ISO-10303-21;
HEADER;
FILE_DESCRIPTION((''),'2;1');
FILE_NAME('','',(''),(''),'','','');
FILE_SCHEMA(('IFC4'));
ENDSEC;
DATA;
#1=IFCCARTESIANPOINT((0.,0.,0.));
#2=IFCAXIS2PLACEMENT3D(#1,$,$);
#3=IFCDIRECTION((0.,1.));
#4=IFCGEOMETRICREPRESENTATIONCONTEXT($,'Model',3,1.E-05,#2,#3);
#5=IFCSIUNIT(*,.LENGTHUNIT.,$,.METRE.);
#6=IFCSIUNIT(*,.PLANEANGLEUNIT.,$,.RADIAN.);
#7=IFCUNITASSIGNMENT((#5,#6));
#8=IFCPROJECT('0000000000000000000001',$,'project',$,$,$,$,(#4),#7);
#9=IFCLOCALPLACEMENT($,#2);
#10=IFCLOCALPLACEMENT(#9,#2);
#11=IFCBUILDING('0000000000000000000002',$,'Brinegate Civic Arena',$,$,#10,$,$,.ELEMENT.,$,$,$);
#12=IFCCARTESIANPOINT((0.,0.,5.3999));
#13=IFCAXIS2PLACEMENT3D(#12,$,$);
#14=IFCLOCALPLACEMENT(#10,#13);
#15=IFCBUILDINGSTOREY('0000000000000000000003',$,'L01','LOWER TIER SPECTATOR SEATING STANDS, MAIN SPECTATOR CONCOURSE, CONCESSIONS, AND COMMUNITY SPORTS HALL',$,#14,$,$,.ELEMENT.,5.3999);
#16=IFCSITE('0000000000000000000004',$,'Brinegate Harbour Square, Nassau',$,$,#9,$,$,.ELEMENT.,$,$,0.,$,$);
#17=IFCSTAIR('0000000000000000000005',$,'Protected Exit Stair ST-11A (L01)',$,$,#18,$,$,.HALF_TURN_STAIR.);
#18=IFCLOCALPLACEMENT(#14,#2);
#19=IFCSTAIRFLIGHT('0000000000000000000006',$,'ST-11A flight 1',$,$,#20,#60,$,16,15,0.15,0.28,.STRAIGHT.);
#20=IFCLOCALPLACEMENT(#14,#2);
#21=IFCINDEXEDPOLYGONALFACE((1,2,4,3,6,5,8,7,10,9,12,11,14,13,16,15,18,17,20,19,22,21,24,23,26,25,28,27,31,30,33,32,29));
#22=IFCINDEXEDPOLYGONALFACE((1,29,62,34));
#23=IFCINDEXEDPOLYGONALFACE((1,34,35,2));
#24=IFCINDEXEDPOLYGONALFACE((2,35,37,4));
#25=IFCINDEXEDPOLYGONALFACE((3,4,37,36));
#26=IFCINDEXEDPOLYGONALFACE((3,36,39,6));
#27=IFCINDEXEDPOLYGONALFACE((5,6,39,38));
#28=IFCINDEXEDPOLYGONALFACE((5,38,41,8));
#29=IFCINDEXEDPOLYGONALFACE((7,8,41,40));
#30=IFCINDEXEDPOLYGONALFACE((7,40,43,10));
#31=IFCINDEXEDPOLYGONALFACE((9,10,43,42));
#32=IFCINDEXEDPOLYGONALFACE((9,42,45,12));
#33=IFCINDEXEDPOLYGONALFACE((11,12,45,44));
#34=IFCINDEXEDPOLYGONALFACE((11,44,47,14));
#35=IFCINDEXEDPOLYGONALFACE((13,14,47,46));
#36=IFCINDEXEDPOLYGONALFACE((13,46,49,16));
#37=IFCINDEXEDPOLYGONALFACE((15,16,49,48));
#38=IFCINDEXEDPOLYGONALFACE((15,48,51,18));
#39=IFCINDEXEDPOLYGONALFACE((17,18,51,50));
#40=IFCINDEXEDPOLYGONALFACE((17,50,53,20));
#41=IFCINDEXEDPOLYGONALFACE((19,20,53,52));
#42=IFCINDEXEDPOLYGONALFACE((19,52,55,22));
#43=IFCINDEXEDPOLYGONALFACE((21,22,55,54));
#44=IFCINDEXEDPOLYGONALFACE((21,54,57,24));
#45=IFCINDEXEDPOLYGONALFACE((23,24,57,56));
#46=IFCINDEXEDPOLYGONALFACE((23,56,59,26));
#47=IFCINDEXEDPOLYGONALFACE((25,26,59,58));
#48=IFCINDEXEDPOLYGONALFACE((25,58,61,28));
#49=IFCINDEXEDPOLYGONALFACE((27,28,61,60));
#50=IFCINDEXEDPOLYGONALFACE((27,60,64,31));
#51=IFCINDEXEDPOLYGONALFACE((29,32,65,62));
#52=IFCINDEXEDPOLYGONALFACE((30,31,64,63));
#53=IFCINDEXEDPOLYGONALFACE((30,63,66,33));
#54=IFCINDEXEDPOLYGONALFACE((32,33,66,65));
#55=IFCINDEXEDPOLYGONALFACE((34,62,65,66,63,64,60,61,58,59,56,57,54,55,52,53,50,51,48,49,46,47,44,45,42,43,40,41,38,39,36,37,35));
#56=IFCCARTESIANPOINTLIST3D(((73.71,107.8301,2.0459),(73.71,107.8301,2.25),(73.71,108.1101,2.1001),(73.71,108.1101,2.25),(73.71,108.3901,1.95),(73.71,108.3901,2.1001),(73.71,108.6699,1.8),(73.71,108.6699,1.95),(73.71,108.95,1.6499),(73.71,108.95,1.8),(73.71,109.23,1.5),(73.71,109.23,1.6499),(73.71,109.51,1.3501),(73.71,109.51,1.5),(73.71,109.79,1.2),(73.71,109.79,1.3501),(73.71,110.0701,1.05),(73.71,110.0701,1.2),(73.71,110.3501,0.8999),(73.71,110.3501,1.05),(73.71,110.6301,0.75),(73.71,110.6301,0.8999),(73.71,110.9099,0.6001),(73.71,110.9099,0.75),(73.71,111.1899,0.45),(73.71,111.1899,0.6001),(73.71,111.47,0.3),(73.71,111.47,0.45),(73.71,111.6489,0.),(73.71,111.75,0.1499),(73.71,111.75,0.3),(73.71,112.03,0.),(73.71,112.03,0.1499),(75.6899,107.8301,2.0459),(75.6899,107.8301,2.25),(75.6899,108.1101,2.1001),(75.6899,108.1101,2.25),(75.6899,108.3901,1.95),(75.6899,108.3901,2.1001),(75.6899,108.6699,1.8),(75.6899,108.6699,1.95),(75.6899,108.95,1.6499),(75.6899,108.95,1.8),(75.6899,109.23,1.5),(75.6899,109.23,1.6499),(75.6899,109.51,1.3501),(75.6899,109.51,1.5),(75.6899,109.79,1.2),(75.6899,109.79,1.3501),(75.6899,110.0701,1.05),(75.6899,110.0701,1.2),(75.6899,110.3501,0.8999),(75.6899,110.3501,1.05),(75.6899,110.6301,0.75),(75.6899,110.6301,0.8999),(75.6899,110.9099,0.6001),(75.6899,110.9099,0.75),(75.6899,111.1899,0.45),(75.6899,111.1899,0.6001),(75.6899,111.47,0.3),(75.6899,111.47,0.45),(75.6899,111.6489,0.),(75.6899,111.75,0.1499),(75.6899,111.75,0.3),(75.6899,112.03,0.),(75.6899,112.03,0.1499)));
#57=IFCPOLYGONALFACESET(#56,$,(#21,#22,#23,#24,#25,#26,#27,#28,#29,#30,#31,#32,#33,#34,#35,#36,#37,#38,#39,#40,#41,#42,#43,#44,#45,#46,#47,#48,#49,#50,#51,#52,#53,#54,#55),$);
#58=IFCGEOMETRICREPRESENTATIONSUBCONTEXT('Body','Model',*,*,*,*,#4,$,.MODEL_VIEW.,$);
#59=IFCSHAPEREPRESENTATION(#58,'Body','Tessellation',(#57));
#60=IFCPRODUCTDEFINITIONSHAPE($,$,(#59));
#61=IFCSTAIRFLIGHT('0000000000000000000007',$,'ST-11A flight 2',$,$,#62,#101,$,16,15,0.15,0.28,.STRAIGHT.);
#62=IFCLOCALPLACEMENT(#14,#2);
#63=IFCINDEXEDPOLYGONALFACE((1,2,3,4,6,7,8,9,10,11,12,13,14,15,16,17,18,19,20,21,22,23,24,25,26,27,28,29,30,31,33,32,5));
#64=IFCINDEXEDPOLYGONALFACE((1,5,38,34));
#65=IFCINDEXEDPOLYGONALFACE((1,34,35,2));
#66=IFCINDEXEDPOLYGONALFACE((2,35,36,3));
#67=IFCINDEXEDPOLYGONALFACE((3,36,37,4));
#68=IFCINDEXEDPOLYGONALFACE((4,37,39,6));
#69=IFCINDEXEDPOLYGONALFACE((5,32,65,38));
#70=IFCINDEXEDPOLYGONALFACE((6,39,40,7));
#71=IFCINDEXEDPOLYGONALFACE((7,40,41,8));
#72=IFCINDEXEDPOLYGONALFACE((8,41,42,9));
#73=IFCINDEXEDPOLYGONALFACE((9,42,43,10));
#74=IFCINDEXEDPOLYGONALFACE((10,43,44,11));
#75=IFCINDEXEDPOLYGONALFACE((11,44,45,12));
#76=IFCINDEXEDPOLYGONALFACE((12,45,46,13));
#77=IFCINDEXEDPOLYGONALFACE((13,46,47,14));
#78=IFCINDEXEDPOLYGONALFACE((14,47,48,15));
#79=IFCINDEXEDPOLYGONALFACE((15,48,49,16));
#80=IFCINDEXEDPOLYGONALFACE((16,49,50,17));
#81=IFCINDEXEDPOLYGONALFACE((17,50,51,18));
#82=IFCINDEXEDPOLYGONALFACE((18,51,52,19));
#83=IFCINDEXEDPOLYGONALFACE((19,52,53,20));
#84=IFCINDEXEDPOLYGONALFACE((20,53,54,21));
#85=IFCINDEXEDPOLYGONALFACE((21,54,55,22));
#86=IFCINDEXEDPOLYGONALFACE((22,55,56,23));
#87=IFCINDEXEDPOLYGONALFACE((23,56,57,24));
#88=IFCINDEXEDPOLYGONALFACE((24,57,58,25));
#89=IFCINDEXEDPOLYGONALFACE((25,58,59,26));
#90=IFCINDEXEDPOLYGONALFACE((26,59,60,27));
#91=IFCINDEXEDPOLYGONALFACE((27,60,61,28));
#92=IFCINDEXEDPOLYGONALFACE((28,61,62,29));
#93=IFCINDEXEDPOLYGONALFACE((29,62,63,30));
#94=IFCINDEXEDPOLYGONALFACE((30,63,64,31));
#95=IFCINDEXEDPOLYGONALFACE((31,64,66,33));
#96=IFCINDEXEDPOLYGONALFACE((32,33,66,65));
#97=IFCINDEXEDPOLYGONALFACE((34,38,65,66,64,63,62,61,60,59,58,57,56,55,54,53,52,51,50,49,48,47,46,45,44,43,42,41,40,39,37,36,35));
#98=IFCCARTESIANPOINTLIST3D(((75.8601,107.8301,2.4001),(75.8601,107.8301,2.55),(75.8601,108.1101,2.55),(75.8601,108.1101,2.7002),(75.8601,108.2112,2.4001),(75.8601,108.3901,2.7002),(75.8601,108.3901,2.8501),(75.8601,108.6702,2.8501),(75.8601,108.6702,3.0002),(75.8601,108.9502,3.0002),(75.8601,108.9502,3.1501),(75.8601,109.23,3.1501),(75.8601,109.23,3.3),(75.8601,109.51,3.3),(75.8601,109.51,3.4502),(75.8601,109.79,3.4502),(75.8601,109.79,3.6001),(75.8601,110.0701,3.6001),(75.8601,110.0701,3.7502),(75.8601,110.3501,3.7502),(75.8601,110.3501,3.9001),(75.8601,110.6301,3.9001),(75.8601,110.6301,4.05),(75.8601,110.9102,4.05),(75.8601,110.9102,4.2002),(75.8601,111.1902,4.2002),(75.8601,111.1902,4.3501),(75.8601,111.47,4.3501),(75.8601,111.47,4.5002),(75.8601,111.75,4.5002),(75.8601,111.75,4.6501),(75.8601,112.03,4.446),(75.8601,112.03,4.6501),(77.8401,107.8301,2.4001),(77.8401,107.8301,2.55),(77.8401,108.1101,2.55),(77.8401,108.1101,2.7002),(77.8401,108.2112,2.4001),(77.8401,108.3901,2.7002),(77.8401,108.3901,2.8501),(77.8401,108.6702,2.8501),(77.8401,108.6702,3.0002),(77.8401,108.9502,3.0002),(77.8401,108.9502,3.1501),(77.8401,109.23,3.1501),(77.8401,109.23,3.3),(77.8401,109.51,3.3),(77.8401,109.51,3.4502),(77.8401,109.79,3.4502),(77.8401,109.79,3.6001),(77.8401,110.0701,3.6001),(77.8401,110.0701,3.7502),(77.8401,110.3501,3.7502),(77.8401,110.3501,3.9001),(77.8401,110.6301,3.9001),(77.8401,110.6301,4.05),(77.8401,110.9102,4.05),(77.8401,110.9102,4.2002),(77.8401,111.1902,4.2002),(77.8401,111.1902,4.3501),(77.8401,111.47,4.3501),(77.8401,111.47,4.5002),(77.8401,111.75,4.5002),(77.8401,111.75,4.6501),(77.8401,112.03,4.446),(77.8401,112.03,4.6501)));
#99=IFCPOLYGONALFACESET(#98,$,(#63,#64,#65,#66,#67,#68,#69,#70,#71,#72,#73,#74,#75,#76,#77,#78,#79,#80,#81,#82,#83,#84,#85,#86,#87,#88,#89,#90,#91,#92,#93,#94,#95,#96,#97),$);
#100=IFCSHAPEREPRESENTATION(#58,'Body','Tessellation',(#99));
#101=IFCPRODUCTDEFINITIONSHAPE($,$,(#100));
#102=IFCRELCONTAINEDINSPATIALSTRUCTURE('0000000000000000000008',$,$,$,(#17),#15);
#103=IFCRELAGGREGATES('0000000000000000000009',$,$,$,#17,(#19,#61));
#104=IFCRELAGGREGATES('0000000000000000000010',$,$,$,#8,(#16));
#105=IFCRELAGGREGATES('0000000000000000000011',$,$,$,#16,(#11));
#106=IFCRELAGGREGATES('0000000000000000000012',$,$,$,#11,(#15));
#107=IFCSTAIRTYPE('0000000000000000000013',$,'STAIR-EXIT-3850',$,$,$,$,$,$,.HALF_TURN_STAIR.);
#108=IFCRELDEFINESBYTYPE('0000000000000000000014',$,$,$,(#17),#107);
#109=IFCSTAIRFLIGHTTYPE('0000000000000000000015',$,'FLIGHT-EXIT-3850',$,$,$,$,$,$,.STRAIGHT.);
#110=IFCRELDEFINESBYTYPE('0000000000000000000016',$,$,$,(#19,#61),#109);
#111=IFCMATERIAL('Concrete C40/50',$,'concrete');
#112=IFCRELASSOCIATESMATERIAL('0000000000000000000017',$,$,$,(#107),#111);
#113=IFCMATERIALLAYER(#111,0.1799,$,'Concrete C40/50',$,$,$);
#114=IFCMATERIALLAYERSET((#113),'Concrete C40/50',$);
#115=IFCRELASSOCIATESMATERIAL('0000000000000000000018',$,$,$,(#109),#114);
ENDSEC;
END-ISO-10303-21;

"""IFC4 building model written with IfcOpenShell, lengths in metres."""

from ifc_helpers import new_model, si_unit, direction, frame, origin, place, context, subcontext, project, spatial, polyline, outline, extrude, material, layer, layer_set, type_object, element, aggregate, save


model = new_model("IFC4")

# Units and contexts
model_context = context("Model", 3, precision=1e-05, world=origin(), true_north=direction((0.0, 1.0)))
body_context = subcontext(model_context, "Body", "Model", "MODEL_VIEW")
ifc_project = project(units=[si_unit("LENGTHUNIT", "METRE"), si_unit("PLANEANGLEUNIT", "RADIAN")], contexts=[model_context])

# Site, building, storey
site_placement = place(None, origin())
site = spatial("IfcSite", under=ifc_project, at=site_placement, Name="Brinegate Harbour Square, Nassau", CompositionType="ELEMENT", RefElevation=0.0)
building_placement = place(site_placement, origin())
building = spatial("IfcBuilding", under=site, at=building_placement, Name="Brinegate Civic Arena", CompositionType="ELEMENT")
storey_placement = place(building_placement, frame((0.0, 0.0, 5.3999)))
storey = spatial("IfcBuildingStorey", under=building, at=storey_placement, Name="L01", Description="LOWER TIER SPECTATOR SEATING STANDS, MAIN SPECTATOR CONCOURSE, CONCESSIONS, AND COMMUNITY SPORTS HALL", CompositionType="ELEMENT", Elevation=5.3999)

# Stair, stair flights
ifc_material_1 = material(Name="Concrete C40/50", Category="concrete")
stair_type_1 = type_object("IfcStairType", Name="STAIR-EXIT-3850", PredefinedType="HALF_TURN_STAIR", material=ifc_material_1)
stair_1_placement = place(storey_placement, origin())
stair_1 = element("IfcStair", 1, at=stair_1_placement, inside=storey, type_object=stair_type_1, Name="Protected Exit Stair ST-11A (L01)", PredefinedType="HALF_TURN_STAIR")
ifc_layer_1 = layer(ifc_material_1, 0.1799, Name="Concrete C40/50")
ifc_layer_set_1 = layer_set([ifc_layer_1], Name="Concrete C40/50")
stair_flight_type_1 = type_object("IfcStairFlightType", Name="FLIGHT-EXIT-3850", PredefinedType="STRAIGHT", material=ifc_layer_set_1)
stair_flight_1_placement = place(storey_placement, frame((74.7, 112.03, 0.0), z_axis=(0.0, 0.0, 1.0), x_axis=(0.0, -1.0, 0.0)))
stair_flight_1 = element("IfcStairFlight", 2, at=stair_flight_1_placement, type_object=stair_flight_type_1, Name="ST-11A flight 1", NumberOfRisers=16, NumberOfTreads=15, PredefinedType="STRAIGHT", RiserHeight=0.15, TreadLength=0.28, context=body_context, shape_type="SweptSolid", body=[
    extrude(outline(polyline([(0.0, 0.0), (0.0, 0.1499), (0.28, 0.1499), (0.28, 0.3), (0.5601, 0.3), (0.5601, 0.45), (0.8401, 0.45), (0.8401, 0.6001), (1.1201, 0.6001), (1.1201, 0.75), (1.3999, 0.75), (1.3999, 0.8999), (1.6799, 0.8999), (1.6799, 1.05), (1.96, 1.05), (1.96, 1.2), (2.24, 1.2), (2.24, 1.3501), (2.52, 1.3501), (2.52, 1.5), (2.8, 1.5), (2.8, 1.6499), (3.0801, 1.6499), (3.0801, 1.8), (3.3601, 1.8), (3.3601, 1.95), (3.6399, 1.95), (3.6399, 2.1001), (3.9199, 2.1001), (3.9199, 2.25), (4.2, 2.25), (4.2, 2.3999), (4.2, 2.0459), (0.3811, 0.0), (0.0, 0.0)])), frame((0.0, 0.99, 0.0), z_axis=(0.0, -1.0, 0.0), x_axis=(1.0, 0.0, 0.0)), (0.0, 0.0, 1.0), 1.98),
])
stair_flight_2_placement = place(storey_placement, frame((76.8501, 107.8301, 2.4001), z_axis=(0.0, 0.0, 1.0), x_axis=(0.0, 1.0, 0.0)))
stair_flight_2 = element("IfcStairFlight", 3, at=stair_flight_2_placement, type_object=stair_flight_type_1, Name="ST-11A flight 2", NumberOfRisers=16, NumberOfTreads=15, PredefinedType="STRAIGHT", RiserHeight=0.15, TreadLength=0.28, context=body_context, shape_type="SweptSolid", body=[
    extrude(outline(polyline([(0.0, 0.0), (0.0, 0.1499), (0.28, 0.1499), (0.28, 0.3), (0.5601, 0.3), (0.5601, 0.45), (0.8401, 0.45), (0.8401, 0.6001), (1.1201, 0.6001), (1.1201, 0.75), (1.3999, 0.75), (1.3999, 0.8999), (1.6799, 0.8999), (1.6799, 1.05), (1.96, 1.05), (1.96, 1.2), (2.24, 1.2), (2.24, 1.3501), (2.52, 1.3501), (2.52, 1.5), (2.8, 1.5), (2.8, 1.6499), (3.0801, 1.6499), (3.0801, 1.8), (3.3601, 1.8), (3.3601, 1.95), (3.6399, 1.95), (3.6399, 2.1001), (3.9199, 2.1001), (3.9199, 2.25), (4.2, 2.25), (4.2, 2.3999), (4.2, 2.0459), (0.3811, 0.0), (0.0, 0.0)])), frame((0.0, 0.99, 0.0), z_axis=(0.0, -1.0, 0.0), x_axis=(1.0, 0.0, 0.0)), (0.0, 0.0, 1.0), 1.98),
])
aggregate(stair_1, [stair_flight_1, stair_flight_2])

save(model, "model.ifc")
